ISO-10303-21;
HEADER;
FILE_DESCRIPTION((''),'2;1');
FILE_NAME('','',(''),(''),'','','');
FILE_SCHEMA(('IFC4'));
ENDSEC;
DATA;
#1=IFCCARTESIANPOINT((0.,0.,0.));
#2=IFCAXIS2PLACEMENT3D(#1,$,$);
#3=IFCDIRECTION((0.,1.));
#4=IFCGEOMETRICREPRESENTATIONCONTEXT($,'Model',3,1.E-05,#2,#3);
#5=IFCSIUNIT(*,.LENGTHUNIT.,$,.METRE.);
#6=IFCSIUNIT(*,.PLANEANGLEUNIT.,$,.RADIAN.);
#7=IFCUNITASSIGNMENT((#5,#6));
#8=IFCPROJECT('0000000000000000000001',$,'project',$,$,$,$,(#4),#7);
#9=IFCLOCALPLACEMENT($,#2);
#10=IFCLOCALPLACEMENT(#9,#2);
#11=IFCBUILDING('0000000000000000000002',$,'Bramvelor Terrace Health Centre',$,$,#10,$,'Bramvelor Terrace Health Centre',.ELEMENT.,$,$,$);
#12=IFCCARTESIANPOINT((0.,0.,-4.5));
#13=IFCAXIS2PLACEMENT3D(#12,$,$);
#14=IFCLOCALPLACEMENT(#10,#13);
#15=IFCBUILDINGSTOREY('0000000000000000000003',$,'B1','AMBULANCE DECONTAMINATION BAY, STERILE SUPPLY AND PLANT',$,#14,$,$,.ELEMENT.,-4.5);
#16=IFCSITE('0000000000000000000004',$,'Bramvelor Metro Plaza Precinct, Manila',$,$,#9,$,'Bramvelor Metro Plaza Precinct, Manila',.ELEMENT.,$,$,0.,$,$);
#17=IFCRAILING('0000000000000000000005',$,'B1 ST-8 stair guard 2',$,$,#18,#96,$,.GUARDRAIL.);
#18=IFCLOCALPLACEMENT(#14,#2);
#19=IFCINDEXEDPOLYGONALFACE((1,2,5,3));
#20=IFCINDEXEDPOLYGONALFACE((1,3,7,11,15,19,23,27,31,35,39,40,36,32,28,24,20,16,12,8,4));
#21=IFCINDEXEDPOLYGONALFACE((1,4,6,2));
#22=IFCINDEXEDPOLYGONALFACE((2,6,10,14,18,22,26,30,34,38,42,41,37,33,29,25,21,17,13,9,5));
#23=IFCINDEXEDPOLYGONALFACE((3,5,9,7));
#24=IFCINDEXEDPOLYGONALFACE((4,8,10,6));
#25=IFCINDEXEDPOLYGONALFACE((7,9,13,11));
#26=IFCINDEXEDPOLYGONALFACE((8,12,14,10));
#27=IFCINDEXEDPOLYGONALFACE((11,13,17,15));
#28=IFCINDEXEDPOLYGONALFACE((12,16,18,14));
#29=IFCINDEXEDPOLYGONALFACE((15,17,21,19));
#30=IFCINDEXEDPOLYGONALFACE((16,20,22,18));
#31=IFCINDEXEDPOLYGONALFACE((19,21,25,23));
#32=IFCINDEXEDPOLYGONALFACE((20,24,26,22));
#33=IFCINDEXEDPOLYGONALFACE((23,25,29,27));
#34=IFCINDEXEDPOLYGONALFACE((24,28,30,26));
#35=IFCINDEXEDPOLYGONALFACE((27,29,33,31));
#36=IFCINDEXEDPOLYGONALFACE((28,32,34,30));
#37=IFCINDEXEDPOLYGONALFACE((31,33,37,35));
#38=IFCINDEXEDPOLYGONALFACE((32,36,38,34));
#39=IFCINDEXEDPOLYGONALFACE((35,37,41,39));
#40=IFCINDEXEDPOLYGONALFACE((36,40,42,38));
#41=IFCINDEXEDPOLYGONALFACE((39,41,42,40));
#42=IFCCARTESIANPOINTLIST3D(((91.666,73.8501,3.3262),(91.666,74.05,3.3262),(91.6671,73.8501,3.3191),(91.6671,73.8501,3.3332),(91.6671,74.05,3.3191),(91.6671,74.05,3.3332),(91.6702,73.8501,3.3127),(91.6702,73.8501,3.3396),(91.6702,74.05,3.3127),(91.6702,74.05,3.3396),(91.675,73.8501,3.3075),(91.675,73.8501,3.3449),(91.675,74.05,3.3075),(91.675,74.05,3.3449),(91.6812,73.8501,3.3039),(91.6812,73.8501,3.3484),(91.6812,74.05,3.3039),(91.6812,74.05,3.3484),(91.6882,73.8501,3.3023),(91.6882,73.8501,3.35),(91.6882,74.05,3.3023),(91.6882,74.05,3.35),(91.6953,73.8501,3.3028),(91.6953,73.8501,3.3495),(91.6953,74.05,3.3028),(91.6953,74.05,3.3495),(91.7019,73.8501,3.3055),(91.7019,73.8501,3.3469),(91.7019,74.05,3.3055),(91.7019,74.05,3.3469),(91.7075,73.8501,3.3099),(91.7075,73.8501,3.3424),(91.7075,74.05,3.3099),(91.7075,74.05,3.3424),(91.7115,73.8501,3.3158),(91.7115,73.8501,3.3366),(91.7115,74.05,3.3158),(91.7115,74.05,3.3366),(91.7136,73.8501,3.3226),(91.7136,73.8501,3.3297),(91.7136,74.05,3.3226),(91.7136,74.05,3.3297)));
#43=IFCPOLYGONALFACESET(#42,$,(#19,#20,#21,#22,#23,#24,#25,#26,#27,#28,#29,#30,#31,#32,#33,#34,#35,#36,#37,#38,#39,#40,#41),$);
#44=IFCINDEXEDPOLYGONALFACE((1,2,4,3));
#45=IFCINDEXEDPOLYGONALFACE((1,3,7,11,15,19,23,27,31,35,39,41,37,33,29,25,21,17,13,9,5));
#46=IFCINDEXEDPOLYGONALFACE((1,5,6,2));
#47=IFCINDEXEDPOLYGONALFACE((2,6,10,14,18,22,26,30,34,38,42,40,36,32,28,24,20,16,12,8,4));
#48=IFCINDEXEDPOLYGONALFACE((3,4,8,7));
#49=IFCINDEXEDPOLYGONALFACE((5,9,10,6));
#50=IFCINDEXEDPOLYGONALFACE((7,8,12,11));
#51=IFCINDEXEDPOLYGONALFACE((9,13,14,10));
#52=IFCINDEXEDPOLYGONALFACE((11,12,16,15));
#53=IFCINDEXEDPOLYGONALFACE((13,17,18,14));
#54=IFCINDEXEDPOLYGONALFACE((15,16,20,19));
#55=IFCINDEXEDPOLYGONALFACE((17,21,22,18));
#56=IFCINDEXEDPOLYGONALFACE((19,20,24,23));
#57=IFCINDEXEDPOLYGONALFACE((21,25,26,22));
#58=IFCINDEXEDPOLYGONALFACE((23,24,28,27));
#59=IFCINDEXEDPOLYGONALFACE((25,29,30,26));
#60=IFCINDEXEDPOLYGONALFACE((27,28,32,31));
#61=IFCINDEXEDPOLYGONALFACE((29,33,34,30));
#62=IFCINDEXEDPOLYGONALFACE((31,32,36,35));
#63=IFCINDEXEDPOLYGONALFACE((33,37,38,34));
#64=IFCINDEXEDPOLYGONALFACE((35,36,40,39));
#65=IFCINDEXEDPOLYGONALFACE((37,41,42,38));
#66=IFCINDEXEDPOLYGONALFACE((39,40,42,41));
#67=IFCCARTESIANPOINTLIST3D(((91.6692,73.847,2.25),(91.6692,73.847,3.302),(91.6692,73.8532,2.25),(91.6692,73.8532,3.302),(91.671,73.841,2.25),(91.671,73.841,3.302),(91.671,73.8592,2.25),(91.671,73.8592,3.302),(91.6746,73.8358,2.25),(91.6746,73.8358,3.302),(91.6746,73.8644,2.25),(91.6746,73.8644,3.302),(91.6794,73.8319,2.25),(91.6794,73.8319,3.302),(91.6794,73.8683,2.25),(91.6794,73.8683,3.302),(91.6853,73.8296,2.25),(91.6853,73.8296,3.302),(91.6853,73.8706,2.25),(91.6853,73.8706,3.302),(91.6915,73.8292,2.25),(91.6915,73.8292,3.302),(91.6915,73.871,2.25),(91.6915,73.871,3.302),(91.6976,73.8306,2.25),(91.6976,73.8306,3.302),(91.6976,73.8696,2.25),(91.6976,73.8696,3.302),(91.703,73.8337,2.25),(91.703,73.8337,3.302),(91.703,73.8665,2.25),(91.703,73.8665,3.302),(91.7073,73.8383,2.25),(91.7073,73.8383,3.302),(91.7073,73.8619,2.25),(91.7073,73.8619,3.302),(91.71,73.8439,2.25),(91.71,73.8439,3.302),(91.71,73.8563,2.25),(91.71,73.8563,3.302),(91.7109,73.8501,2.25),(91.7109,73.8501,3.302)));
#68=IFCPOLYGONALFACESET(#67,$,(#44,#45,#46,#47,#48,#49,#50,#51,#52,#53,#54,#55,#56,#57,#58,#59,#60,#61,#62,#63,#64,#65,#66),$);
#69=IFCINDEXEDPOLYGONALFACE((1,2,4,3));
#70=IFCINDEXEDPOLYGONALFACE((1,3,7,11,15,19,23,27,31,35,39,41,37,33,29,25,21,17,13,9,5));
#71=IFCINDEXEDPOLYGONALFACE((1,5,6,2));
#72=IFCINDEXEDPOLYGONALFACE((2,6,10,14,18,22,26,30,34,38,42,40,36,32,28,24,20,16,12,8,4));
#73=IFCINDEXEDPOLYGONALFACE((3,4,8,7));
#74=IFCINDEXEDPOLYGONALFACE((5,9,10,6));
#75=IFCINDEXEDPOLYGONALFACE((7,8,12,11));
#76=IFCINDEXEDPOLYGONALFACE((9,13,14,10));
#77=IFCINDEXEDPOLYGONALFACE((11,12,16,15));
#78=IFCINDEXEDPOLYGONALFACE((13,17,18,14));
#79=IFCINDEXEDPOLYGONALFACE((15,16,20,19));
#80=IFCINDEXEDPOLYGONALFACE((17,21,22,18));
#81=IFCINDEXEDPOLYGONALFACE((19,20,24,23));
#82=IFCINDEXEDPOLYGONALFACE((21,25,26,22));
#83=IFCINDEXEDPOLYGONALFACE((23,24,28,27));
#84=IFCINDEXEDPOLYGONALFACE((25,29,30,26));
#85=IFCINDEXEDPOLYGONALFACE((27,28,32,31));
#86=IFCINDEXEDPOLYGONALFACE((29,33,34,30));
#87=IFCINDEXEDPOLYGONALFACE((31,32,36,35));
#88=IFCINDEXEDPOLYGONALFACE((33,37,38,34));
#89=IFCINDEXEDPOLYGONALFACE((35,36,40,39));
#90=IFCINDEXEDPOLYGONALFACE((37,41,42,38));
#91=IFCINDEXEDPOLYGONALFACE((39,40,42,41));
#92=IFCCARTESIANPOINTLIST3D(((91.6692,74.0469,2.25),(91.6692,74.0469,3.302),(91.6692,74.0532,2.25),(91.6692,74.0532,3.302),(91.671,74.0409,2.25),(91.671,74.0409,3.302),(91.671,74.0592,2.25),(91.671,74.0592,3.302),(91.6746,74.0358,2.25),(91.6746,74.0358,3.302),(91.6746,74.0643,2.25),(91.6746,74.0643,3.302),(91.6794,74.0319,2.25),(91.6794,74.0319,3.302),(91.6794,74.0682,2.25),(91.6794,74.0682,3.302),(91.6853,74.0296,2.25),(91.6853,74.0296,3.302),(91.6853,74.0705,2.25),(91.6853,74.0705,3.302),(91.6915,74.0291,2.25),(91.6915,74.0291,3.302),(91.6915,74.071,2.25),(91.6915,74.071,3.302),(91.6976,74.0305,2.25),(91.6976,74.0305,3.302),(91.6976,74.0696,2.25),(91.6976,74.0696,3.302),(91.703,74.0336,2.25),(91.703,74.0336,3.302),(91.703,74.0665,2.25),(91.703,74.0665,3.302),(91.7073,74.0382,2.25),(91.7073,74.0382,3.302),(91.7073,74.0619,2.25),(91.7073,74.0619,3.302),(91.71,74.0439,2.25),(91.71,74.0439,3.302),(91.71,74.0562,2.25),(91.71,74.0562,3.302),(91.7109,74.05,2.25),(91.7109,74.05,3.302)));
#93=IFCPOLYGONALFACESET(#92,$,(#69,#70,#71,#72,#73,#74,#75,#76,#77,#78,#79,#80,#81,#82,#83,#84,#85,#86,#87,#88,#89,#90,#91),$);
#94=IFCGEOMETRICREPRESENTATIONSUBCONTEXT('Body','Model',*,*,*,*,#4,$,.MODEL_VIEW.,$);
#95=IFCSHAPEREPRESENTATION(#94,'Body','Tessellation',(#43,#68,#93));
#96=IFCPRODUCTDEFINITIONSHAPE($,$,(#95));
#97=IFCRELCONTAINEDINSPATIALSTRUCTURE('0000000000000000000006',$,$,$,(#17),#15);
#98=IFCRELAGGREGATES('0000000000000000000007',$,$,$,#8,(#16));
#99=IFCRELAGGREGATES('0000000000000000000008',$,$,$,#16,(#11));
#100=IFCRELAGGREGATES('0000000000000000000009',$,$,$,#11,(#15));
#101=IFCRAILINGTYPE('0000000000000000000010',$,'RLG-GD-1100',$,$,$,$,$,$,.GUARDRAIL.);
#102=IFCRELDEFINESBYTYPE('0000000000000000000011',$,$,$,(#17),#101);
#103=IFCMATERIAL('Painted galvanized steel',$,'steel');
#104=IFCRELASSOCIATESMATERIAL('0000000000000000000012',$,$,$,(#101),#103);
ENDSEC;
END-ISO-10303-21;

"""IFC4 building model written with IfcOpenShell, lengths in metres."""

from ifc_helpers import new_model, si_unit, direction, frame, origin, origin_2d, place, context, subcontext, project, spatial, circle, extrude, material, type_object, element, save


model = new_model("IFC4")

# Units and contexts
model_context = context("Model", 3, precision=1e-05, world=origin(), true_north=direction((0.0, 1.0)))
body_context = subcontext(model_context, "Body", "Model", "MODEL_VIEW")
ifc_project = project(units=[si_unit("LENGTHUNIT", "METRE"), si_unit("PLANEANGLEUNIT", "RADIAN")], contexts=[model_context])

# Site, building, storey
site_placement = place(None, origin())
site = spatial("IfcSite", under=ifc_project, at=site_placement, Name="Bramvelor Metro Plaza Precinct, Manila", LongName="Bramvelor Metro Plaza Precinct, Manila", CompositionType="ELEMENT", RefElevation=0.0)
building_placement = place(site_placement, origin())
building = spatial("IfcBuilding", under=site, at=building_placement, Name="Bramvelor Terrace Health Centre", LongName="Bramvelor Terrace Health Centre", CompositionType="ELEMENT")
storey_placement = place(building_placement, frame((0.0, 0.0, -4.5)))
storey = spatial("IfcBuildingStorey", under=building, at=storey_placement, Name="B1", Description="AMBULANCE DECONTAMINATION BAY, STERILE SUPPLY AND PLANT", CompositionType="ELEMENT", Elevation=-4.5)

# Railing
ifc_material_1 = material(Name="Painted galvanized steel", Category="steel")
railing_type_1 = type_object("IfcRailingType", Name="RLG-GD-1100", PredefinedType="GUARDRAIL", material=ifc_material_1)
railing_1_placement = place(storey_placement, frame((91.6899, 73.8501, 2.25)))
element("IfcRailing", 1, at=railing_1_placement, inside=storey, type_object=railing_type_1, Name="B1 ST-8 stair guard 2", PredefinedType="GUARDRAIL", context=body_context, shape_type="SweptSolid", body=[
    extrude(circle(Radius=0.0239, at=origin_2d()), frame((0.0, 0.0, 1.0762), z_axis=(0.0, 1.0, 0.0), x_axis=(-1.0, 0.0, 0.0)), (0.0, 0.0, 1.0), 0.2),
    extrude(circle(Radius=0.021, at=origin_2d()), origin(), (0.0, 0.0, 1.0), 1.052),
    extrude(circle(Radius=0.021, at=origin_2d()), frame((0.0, 0.2, 0.0)), (0.0, 0.0, 1.0), 1.052),
])

save(model, "model.ifc")
